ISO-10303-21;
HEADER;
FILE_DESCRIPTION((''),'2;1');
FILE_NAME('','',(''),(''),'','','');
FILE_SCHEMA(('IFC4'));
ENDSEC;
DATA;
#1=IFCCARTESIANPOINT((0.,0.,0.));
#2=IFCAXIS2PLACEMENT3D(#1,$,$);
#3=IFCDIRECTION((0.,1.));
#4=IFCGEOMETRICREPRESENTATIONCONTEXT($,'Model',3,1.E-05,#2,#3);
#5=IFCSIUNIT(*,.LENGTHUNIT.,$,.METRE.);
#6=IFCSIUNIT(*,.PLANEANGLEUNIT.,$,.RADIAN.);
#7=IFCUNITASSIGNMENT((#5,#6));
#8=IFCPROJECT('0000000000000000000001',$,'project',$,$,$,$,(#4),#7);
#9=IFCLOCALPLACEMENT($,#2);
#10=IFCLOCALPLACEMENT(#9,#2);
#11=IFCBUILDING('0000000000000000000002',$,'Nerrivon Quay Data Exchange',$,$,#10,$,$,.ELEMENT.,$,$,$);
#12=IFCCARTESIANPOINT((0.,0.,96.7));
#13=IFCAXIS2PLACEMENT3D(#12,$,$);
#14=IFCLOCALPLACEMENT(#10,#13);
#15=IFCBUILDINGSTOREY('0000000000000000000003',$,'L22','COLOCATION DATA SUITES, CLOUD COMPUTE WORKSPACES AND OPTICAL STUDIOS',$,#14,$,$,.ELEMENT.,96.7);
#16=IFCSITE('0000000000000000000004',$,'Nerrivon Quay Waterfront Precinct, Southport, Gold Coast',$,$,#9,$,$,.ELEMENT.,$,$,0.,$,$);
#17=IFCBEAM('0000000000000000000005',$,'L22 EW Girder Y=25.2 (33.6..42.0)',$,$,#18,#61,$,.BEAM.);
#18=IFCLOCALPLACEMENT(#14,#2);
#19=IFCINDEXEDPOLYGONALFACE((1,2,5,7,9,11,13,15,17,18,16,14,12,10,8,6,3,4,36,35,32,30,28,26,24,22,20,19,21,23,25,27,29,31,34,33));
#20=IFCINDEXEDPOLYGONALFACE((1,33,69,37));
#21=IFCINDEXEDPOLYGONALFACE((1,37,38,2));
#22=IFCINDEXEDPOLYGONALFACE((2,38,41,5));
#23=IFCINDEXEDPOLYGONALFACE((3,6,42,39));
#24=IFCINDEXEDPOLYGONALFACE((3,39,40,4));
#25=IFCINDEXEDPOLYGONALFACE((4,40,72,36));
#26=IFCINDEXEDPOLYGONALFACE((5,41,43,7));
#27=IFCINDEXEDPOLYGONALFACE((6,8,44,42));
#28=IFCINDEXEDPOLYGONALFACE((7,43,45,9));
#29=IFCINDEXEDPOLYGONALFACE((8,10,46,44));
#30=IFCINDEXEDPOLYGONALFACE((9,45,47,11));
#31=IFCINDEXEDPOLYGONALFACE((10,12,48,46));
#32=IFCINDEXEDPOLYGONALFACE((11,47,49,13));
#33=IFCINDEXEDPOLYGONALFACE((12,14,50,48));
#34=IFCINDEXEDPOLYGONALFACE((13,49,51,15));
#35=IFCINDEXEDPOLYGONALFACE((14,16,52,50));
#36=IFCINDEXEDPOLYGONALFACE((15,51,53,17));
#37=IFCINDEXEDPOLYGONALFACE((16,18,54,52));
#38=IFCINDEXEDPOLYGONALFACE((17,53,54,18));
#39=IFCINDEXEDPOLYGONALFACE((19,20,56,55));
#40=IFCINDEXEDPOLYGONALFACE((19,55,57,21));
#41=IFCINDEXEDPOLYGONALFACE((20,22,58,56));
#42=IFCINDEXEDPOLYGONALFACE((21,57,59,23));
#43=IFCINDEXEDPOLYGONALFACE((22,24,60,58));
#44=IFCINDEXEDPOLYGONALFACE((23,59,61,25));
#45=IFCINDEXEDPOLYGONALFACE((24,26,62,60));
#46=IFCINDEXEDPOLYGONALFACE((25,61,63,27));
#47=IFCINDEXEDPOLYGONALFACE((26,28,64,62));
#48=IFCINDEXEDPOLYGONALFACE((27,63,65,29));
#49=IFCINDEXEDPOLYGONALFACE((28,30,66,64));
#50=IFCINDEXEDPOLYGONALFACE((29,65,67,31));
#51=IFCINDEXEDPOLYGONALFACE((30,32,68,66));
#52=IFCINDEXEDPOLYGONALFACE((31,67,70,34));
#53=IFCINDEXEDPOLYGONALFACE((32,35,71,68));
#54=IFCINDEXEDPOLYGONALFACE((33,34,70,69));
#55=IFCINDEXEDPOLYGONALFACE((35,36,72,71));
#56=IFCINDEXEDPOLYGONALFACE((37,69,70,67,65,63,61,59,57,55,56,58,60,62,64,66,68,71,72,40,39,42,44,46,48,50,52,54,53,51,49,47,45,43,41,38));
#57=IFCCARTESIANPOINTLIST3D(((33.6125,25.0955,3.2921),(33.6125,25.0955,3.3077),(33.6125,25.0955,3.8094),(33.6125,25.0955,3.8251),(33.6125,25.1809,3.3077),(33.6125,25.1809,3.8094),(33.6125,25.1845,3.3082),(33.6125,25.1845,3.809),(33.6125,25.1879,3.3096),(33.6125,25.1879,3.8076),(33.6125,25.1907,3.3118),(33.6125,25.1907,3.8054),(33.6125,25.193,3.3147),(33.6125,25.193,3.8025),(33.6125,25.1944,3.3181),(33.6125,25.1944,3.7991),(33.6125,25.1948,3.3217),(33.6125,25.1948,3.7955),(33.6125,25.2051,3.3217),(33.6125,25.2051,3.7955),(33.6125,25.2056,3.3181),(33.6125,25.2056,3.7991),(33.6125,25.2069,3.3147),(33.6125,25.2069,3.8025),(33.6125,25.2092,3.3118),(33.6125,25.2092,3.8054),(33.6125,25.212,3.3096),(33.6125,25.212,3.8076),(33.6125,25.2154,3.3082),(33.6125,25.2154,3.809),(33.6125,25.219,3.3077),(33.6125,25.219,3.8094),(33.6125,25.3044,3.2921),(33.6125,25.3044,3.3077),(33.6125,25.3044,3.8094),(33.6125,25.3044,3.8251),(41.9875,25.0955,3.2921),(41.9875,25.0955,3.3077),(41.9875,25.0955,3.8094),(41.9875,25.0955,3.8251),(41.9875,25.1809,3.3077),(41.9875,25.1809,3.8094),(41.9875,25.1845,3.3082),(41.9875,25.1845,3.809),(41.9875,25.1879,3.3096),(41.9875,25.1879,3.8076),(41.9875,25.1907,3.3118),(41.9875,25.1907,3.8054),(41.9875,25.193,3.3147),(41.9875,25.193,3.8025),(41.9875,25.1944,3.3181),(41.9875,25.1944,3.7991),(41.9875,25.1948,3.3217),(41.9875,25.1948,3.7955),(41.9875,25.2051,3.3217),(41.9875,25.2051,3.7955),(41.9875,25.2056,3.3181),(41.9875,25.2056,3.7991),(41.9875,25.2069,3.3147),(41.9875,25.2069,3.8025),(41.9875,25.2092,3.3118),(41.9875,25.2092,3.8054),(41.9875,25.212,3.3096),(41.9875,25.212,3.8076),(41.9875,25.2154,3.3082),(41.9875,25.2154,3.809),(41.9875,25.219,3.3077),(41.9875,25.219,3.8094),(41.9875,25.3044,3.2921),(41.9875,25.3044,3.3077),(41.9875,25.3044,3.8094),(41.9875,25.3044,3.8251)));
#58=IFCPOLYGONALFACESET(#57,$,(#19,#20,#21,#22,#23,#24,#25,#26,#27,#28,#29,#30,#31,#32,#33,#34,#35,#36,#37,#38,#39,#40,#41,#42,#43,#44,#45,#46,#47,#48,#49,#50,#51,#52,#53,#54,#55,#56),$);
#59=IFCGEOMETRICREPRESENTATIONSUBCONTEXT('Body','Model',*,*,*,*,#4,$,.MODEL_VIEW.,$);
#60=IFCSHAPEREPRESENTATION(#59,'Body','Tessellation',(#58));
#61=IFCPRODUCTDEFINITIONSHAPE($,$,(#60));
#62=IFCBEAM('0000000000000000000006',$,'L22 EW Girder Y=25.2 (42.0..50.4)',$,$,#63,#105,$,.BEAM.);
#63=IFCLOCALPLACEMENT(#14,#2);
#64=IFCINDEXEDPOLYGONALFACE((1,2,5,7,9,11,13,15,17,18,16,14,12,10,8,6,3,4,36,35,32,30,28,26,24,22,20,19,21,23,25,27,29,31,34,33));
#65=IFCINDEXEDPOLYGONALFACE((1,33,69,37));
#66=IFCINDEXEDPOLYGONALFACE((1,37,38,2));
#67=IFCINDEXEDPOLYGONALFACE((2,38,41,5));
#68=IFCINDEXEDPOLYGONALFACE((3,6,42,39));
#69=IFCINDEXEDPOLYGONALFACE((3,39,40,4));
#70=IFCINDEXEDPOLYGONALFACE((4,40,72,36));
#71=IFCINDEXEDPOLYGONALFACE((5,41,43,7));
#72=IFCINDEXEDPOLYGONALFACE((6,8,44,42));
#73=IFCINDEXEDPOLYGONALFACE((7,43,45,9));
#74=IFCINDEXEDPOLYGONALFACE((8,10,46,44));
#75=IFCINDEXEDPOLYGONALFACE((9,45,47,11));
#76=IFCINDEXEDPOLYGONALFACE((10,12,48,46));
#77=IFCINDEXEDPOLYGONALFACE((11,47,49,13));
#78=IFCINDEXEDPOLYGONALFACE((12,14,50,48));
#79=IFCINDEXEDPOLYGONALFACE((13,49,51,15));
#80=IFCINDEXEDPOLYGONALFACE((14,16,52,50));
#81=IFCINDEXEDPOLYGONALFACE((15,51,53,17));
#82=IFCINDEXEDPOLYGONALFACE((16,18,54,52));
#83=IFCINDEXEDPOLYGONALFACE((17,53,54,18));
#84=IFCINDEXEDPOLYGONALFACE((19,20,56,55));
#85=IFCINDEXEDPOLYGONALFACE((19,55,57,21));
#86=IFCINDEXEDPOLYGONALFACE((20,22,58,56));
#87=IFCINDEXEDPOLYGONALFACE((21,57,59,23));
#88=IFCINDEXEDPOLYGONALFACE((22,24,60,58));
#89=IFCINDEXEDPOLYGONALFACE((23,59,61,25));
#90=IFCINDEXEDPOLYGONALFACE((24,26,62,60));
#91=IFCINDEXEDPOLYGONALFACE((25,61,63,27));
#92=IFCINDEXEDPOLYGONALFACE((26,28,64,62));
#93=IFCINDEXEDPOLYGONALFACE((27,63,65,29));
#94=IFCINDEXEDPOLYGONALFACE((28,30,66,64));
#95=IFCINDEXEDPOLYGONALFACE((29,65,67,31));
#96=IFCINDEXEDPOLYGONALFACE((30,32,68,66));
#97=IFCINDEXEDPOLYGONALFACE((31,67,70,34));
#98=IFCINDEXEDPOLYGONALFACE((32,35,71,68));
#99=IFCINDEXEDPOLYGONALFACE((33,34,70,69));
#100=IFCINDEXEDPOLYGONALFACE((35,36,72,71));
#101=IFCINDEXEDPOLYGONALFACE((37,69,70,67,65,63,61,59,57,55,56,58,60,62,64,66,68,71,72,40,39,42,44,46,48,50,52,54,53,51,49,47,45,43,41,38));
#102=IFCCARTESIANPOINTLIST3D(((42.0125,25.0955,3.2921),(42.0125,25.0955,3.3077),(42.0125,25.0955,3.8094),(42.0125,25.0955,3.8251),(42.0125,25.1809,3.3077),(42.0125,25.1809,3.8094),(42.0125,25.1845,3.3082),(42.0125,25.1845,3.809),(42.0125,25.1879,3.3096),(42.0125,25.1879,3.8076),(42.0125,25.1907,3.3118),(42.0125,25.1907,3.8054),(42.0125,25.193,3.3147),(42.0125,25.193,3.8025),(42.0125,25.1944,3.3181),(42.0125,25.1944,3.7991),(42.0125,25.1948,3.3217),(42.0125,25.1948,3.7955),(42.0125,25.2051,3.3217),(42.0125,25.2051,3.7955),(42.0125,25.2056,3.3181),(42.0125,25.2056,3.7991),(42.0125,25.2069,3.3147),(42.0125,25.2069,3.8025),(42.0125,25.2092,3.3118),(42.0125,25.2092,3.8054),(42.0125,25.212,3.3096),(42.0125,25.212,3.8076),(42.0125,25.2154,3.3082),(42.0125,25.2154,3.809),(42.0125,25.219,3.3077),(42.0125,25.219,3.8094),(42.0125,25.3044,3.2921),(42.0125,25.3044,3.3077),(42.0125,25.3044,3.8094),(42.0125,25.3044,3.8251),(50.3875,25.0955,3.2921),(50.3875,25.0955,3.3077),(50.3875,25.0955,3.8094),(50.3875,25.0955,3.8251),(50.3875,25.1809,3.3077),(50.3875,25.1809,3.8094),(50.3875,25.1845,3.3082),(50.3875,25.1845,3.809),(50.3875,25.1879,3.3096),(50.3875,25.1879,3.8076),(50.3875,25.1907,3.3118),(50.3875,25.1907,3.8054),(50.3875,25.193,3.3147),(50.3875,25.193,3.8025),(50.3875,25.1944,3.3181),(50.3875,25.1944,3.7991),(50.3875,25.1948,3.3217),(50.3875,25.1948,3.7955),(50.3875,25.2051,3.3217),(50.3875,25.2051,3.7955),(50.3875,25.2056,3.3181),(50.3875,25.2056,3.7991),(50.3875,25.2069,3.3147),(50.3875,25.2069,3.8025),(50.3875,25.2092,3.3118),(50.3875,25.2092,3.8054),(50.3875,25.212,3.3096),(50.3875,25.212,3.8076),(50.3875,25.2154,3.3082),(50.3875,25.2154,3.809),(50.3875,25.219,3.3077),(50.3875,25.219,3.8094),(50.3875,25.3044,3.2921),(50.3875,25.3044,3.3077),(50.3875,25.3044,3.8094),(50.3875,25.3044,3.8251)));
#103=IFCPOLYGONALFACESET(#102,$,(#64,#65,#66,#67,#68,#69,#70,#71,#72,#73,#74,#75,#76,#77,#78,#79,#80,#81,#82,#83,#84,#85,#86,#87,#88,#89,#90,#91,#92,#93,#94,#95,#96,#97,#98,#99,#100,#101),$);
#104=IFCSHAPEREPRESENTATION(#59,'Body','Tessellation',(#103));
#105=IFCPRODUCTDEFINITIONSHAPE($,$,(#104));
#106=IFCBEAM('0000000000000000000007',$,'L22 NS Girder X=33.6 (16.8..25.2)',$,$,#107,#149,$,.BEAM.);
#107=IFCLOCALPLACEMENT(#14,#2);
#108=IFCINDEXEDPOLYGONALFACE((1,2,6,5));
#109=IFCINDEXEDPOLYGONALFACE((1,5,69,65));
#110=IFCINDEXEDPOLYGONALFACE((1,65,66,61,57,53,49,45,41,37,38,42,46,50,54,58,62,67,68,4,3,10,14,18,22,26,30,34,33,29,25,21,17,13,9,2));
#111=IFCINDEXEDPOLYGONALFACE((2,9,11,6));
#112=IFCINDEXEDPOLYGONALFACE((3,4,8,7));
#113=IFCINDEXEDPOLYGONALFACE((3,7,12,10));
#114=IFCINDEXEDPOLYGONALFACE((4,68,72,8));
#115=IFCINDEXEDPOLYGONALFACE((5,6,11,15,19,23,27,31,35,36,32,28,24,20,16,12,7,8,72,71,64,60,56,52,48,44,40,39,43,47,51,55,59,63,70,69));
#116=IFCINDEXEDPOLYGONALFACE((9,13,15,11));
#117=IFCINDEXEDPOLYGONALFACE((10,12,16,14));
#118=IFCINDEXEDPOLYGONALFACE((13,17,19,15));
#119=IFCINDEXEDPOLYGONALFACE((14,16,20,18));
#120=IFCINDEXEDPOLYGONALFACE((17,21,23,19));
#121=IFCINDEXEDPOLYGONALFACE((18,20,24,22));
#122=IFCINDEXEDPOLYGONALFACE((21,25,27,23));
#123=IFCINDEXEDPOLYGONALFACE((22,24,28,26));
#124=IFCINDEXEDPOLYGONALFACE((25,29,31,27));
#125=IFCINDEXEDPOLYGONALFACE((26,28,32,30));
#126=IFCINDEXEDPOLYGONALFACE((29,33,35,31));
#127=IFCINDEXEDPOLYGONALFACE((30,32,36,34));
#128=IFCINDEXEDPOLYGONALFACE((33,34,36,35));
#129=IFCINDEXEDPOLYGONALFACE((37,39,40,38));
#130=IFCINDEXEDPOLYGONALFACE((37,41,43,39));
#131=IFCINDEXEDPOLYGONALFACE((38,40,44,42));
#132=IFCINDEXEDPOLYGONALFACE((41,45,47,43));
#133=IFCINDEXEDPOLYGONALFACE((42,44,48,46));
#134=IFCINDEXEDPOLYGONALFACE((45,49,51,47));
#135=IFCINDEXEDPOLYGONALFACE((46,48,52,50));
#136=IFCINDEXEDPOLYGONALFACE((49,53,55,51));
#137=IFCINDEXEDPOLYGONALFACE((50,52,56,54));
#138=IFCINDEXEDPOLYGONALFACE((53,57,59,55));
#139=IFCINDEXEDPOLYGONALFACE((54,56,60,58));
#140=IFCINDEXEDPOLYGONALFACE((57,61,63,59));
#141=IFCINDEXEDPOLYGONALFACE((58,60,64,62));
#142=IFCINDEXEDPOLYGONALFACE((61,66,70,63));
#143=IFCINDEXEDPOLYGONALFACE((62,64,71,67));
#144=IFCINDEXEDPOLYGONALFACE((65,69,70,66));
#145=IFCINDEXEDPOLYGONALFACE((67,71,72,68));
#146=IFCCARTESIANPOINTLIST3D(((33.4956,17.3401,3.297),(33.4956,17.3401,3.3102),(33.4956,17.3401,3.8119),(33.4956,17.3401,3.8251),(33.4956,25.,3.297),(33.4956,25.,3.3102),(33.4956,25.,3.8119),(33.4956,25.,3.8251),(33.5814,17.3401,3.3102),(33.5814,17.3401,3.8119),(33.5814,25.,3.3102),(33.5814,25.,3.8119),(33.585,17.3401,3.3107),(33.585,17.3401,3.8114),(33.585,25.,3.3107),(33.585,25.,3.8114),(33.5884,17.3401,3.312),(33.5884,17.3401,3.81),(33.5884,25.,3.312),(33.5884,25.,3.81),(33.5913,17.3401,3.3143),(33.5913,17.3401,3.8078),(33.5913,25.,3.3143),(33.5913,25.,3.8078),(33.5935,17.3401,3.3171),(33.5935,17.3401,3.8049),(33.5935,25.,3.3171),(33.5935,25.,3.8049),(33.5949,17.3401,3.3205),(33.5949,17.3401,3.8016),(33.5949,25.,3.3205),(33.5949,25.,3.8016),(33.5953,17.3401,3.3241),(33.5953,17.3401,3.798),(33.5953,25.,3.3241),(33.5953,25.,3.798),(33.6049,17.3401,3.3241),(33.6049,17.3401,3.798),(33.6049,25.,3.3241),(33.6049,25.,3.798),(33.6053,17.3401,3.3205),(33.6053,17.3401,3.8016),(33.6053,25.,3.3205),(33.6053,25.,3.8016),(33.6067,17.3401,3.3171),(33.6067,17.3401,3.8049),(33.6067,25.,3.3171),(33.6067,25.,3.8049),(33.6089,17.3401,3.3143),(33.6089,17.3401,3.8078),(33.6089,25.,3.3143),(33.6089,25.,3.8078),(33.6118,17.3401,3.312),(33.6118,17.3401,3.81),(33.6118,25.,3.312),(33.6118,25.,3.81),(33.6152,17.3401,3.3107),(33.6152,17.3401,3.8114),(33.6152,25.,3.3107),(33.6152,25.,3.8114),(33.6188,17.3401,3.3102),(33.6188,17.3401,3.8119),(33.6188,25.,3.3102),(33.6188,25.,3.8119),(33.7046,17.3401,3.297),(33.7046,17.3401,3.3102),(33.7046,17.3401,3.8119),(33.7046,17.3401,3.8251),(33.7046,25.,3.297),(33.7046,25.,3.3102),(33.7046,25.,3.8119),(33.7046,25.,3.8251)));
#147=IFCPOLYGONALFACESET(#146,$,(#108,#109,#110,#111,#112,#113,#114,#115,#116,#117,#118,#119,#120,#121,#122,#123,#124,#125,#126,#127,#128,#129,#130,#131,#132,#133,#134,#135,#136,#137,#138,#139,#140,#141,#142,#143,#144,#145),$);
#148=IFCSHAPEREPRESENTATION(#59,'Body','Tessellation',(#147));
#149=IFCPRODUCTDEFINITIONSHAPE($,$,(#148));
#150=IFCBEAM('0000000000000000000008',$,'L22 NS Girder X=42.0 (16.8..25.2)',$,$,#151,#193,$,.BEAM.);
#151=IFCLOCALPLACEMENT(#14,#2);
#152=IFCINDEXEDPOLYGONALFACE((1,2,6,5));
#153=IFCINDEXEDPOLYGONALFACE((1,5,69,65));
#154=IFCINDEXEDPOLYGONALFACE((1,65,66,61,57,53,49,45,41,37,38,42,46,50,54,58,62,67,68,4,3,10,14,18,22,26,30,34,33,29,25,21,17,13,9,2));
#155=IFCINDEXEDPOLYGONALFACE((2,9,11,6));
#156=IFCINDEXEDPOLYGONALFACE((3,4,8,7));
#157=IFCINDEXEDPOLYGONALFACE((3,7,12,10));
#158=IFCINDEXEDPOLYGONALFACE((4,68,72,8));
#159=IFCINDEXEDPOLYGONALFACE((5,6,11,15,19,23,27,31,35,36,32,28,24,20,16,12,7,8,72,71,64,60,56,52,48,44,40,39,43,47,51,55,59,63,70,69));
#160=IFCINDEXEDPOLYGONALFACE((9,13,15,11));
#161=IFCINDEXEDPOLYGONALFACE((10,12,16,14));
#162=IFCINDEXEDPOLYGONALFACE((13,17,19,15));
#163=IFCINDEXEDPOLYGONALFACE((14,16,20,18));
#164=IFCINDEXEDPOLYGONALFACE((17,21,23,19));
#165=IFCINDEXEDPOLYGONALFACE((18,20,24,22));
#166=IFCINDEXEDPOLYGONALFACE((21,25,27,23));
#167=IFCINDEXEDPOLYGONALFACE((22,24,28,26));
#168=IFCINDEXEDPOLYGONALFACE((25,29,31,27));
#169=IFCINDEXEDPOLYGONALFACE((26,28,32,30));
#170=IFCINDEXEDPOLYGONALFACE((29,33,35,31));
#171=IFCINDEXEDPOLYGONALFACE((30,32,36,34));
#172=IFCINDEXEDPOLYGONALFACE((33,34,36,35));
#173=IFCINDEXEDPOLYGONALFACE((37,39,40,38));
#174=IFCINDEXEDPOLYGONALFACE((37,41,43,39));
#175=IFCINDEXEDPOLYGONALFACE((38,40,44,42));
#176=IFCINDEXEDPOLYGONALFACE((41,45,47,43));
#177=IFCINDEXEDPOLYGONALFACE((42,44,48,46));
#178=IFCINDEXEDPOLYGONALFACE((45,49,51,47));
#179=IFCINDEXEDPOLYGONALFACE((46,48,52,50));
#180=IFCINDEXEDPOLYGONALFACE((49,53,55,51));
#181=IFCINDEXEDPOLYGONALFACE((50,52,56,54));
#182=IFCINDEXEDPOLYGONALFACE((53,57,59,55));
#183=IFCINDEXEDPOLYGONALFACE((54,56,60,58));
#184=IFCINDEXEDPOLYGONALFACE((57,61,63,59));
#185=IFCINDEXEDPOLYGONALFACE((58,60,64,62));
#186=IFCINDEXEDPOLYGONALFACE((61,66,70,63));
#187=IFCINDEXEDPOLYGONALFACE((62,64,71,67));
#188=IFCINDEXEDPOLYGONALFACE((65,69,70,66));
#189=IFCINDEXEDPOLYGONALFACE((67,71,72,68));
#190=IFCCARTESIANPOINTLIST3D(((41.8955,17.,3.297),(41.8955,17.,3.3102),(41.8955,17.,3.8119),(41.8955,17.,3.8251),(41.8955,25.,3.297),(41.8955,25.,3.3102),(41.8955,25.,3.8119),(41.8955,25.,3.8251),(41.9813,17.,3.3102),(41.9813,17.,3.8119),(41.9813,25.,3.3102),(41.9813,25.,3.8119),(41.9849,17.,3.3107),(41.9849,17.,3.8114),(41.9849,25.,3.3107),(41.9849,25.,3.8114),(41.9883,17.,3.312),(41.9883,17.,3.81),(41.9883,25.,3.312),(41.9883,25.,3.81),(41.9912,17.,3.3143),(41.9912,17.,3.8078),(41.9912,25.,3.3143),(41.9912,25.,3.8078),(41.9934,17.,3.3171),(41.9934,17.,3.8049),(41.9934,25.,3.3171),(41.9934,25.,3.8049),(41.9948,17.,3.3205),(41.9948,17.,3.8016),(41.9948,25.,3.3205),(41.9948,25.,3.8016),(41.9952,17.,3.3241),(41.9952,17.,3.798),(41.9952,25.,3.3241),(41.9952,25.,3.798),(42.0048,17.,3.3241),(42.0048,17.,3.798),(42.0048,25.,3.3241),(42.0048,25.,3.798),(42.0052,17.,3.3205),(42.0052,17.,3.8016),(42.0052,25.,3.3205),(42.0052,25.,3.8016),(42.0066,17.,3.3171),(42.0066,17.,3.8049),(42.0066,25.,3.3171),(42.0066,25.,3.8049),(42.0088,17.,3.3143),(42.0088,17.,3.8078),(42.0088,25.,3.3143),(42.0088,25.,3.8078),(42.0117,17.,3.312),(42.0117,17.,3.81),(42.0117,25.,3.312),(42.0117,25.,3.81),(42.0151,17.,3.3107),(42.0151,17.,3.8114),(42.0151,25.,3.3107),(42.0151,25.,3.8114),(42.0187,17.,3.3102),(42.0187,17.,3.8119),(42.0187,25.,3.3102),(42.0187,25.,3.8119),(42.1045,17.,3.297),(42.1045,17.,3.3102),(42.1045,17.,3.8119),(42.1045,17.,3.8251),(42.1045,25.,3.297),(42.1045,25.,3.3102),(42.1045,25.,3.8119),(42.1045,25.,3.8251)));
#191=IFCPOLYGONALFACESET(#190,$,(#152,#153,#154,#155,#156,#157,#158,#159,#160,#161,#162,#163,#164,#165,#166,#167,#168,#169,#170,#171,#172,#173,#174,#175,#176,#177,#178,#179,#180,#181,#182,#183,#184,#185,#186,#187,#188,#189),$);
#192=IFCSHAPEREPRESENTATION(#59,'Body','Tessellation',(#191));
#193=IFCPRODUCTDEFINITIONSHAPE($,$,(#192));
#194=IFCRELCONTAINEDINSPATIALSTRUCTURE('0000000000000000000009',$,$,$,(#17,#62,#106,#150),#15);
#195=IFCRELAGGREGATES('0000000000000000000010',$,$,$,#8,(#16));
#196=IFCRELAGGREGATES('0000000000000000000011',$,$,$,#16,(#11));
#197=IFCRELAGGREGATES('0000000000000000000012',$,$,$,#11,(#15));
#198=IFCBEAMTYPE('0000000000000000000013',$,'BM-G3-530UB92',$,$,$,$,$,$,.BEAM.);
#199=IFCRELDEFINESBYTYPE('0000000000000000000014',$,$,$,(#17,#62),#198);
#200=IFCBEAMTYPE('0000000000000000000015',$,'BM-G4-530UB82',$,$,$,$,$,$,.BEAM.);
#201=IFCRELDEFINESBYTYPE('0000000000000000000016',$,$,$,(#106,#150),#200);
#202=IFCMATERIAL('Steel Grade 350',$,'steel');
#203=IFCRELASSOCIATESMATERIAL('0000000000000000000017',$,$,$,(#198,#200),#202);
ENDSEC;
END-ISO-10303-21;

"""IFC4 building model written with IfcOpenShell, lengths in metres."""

from ifc_helpers import new_model, si_unit, direction, frame, origin, origin_2d, place, context, subcontext, project, spatial, i_section, extrude, material, material_profile, profile_set, type_object, element, save


model = new_model("IFC4")

# Units and contexts
model_context = context("Model", 3, precision=1e-05, world=origin(), true_north=direction((0.0, 1.0)))
body_context = subcontext(model_context, "Body", "Model", "MODEL_VIEW")
ifc_project = project(units=[si_unit("LENGTHUNIT", "METRE"), si_unit("PLANEANGLEUNIT", "RADIAN")], contexts=[model_context])

# Site, building, storey
site_placement = place(None, origin())
site = spatial("IfcSite", under=ifc_project, at=site_placement, Name="Nerrivon Quay Waterfront Precinct, Southport, Gold Coast", CompositionType="ELEMENT", RefElevation=0.0)
building_placement = place(site_placement, origin())
building = spatial("IfcBuilding", under=site, at=building_placement, Name="Nerrivon Quay Data Exchange", CompositionType="ELEMENT")
storey_placement = place(building_placement, frame((0.0, 0.0, 96.7)))
storey = spatial("IfcBuildingStorey", under=building, at=storey_placement, Name="L22", Description="COLOCATION DATA SUITES, CLOUD COMPUTE WORKSPACES AND OPTICAL STUDIOS", CompositionType="ELEMENT", Elevation=96.7)

# Shared definitions
ifc_material_1 = material(Name="Steel Grade 350", Category="steel")

# Beams
ifc_material_profile_1 = material_profile(ifc_material_1, i_section(OverallWidth=0.209, OverallDepth=0.533, WebThickness=0.0103, FlangeThickness=0.0156, FilletRadius=0.0139, at=origin_2d()), Name="530UB92.4")
ifc_profile_set_1 = profile_set([ifc_material_profile_1], Name="Steel Grade 350")
beam_type_1 = type_object("IfcBeamType", Name="BM-G3-530UB92", PredefinedType="BEAM", material=ifc_profile_set_1)
for number, where, z_axis, x_axis, name in (
    (1, (33.6125, 25.2, 3.5586), (1.0, 0.0, 0.0), (0.0, 1.0, 0.0), "L22 EW Girder Y=25.2 (33.6..42.0)"),
    (2, (42.0125, 25.2, 3.5586), (1.0, 0.0, 0.0), (0.0, 1.0, 0.0), "L22 EW Girder Y=25.2 (42.0..50.4)"),
):
    element("IfcBeam", number, at=place(storey_placement, frame(where, z_axis=z_axis, x_axis=x_axis)), inside=storey, type_object=beam_type_1, Name=name, PredefinedType="BEAM", context=body_context, shape_type="SweptSolid", body=[
        extrude(i_section(OverallWidth=0.209, OverallDepth=0.533, WebThickness=0.0103, FlangeThickness=0.0156, FilletRadius=0.0139, at=origin_2d()), origin(), (0.0, 0.0, 1.0), 8.375),
    ])
ifc_material_profile_2 = material_profile(ifc_material_1, i_section(OverallWidth=0.209, OverallDepth=0.5281, WebThickness=0.0095, FlangeThickness=0.0132, FilletRadius=0.0139, at=origin_2d()), Name="530UB82.0")
ifc_profile_set_2 = profile_set([ifc_material_profile_2], Name="Steel Grade 350")
beam_type_2 = type_object("IfcBeamType", Name="BM-G4-530UB82", PredefinedType="BEAM", material=ifc_profile_set_2)
beam_1_placement = place(storey_placement, frame((33.6001, 17.3401, 3.561), z_axis=(0.0, 1.0, 0.0), x_axis=(-1.0, 0.0, 0.0)))
element("IfcBeam", 3, at=beam_1_placement, inside=storey, type_object=beam_type_2, Name="L22 NS Girder X=33.6 (16.8..25.2)", PredefinedType="BEAM", context=body_context, shape_type="SweptSolid", body=[
    extrude(i_section(OverallWidth=0.209, OverallDepth=0.5281, WebThickness=0.0095, FlangeThickness=0.0132, FilletRadius=0.0139, at=origin_2d()), origin(), (0.0, 0.0, 1.0), 7.6599),
])
beam_2_placement = place(storey_placement, frame((42.0, 17.0, 3.561), z_axis=(0.0, 1.0, 0.0), x_axis=(-1.0, 0.0, 0.0)))
element("IfcBeam", 4, at=beam_2_placement, inside=storey, type_object=beam_type_2, Name="L22 NS Girder X=42.0 (16.8..25.2)", PredefinedType="BEAM", context=body_context, shape_type="SweptSolid", body=[
    extrude(i_section(OverallWidth=0.209, OverallDepth=0.5281, WebThickness=0.0095, FlangeThickness=0.0132, FilletRadius=0.0139, at=origin_2d()), origin(), (0.0, 0.0, 1.0), 8.0),
])

save(model, "model.ifc")
